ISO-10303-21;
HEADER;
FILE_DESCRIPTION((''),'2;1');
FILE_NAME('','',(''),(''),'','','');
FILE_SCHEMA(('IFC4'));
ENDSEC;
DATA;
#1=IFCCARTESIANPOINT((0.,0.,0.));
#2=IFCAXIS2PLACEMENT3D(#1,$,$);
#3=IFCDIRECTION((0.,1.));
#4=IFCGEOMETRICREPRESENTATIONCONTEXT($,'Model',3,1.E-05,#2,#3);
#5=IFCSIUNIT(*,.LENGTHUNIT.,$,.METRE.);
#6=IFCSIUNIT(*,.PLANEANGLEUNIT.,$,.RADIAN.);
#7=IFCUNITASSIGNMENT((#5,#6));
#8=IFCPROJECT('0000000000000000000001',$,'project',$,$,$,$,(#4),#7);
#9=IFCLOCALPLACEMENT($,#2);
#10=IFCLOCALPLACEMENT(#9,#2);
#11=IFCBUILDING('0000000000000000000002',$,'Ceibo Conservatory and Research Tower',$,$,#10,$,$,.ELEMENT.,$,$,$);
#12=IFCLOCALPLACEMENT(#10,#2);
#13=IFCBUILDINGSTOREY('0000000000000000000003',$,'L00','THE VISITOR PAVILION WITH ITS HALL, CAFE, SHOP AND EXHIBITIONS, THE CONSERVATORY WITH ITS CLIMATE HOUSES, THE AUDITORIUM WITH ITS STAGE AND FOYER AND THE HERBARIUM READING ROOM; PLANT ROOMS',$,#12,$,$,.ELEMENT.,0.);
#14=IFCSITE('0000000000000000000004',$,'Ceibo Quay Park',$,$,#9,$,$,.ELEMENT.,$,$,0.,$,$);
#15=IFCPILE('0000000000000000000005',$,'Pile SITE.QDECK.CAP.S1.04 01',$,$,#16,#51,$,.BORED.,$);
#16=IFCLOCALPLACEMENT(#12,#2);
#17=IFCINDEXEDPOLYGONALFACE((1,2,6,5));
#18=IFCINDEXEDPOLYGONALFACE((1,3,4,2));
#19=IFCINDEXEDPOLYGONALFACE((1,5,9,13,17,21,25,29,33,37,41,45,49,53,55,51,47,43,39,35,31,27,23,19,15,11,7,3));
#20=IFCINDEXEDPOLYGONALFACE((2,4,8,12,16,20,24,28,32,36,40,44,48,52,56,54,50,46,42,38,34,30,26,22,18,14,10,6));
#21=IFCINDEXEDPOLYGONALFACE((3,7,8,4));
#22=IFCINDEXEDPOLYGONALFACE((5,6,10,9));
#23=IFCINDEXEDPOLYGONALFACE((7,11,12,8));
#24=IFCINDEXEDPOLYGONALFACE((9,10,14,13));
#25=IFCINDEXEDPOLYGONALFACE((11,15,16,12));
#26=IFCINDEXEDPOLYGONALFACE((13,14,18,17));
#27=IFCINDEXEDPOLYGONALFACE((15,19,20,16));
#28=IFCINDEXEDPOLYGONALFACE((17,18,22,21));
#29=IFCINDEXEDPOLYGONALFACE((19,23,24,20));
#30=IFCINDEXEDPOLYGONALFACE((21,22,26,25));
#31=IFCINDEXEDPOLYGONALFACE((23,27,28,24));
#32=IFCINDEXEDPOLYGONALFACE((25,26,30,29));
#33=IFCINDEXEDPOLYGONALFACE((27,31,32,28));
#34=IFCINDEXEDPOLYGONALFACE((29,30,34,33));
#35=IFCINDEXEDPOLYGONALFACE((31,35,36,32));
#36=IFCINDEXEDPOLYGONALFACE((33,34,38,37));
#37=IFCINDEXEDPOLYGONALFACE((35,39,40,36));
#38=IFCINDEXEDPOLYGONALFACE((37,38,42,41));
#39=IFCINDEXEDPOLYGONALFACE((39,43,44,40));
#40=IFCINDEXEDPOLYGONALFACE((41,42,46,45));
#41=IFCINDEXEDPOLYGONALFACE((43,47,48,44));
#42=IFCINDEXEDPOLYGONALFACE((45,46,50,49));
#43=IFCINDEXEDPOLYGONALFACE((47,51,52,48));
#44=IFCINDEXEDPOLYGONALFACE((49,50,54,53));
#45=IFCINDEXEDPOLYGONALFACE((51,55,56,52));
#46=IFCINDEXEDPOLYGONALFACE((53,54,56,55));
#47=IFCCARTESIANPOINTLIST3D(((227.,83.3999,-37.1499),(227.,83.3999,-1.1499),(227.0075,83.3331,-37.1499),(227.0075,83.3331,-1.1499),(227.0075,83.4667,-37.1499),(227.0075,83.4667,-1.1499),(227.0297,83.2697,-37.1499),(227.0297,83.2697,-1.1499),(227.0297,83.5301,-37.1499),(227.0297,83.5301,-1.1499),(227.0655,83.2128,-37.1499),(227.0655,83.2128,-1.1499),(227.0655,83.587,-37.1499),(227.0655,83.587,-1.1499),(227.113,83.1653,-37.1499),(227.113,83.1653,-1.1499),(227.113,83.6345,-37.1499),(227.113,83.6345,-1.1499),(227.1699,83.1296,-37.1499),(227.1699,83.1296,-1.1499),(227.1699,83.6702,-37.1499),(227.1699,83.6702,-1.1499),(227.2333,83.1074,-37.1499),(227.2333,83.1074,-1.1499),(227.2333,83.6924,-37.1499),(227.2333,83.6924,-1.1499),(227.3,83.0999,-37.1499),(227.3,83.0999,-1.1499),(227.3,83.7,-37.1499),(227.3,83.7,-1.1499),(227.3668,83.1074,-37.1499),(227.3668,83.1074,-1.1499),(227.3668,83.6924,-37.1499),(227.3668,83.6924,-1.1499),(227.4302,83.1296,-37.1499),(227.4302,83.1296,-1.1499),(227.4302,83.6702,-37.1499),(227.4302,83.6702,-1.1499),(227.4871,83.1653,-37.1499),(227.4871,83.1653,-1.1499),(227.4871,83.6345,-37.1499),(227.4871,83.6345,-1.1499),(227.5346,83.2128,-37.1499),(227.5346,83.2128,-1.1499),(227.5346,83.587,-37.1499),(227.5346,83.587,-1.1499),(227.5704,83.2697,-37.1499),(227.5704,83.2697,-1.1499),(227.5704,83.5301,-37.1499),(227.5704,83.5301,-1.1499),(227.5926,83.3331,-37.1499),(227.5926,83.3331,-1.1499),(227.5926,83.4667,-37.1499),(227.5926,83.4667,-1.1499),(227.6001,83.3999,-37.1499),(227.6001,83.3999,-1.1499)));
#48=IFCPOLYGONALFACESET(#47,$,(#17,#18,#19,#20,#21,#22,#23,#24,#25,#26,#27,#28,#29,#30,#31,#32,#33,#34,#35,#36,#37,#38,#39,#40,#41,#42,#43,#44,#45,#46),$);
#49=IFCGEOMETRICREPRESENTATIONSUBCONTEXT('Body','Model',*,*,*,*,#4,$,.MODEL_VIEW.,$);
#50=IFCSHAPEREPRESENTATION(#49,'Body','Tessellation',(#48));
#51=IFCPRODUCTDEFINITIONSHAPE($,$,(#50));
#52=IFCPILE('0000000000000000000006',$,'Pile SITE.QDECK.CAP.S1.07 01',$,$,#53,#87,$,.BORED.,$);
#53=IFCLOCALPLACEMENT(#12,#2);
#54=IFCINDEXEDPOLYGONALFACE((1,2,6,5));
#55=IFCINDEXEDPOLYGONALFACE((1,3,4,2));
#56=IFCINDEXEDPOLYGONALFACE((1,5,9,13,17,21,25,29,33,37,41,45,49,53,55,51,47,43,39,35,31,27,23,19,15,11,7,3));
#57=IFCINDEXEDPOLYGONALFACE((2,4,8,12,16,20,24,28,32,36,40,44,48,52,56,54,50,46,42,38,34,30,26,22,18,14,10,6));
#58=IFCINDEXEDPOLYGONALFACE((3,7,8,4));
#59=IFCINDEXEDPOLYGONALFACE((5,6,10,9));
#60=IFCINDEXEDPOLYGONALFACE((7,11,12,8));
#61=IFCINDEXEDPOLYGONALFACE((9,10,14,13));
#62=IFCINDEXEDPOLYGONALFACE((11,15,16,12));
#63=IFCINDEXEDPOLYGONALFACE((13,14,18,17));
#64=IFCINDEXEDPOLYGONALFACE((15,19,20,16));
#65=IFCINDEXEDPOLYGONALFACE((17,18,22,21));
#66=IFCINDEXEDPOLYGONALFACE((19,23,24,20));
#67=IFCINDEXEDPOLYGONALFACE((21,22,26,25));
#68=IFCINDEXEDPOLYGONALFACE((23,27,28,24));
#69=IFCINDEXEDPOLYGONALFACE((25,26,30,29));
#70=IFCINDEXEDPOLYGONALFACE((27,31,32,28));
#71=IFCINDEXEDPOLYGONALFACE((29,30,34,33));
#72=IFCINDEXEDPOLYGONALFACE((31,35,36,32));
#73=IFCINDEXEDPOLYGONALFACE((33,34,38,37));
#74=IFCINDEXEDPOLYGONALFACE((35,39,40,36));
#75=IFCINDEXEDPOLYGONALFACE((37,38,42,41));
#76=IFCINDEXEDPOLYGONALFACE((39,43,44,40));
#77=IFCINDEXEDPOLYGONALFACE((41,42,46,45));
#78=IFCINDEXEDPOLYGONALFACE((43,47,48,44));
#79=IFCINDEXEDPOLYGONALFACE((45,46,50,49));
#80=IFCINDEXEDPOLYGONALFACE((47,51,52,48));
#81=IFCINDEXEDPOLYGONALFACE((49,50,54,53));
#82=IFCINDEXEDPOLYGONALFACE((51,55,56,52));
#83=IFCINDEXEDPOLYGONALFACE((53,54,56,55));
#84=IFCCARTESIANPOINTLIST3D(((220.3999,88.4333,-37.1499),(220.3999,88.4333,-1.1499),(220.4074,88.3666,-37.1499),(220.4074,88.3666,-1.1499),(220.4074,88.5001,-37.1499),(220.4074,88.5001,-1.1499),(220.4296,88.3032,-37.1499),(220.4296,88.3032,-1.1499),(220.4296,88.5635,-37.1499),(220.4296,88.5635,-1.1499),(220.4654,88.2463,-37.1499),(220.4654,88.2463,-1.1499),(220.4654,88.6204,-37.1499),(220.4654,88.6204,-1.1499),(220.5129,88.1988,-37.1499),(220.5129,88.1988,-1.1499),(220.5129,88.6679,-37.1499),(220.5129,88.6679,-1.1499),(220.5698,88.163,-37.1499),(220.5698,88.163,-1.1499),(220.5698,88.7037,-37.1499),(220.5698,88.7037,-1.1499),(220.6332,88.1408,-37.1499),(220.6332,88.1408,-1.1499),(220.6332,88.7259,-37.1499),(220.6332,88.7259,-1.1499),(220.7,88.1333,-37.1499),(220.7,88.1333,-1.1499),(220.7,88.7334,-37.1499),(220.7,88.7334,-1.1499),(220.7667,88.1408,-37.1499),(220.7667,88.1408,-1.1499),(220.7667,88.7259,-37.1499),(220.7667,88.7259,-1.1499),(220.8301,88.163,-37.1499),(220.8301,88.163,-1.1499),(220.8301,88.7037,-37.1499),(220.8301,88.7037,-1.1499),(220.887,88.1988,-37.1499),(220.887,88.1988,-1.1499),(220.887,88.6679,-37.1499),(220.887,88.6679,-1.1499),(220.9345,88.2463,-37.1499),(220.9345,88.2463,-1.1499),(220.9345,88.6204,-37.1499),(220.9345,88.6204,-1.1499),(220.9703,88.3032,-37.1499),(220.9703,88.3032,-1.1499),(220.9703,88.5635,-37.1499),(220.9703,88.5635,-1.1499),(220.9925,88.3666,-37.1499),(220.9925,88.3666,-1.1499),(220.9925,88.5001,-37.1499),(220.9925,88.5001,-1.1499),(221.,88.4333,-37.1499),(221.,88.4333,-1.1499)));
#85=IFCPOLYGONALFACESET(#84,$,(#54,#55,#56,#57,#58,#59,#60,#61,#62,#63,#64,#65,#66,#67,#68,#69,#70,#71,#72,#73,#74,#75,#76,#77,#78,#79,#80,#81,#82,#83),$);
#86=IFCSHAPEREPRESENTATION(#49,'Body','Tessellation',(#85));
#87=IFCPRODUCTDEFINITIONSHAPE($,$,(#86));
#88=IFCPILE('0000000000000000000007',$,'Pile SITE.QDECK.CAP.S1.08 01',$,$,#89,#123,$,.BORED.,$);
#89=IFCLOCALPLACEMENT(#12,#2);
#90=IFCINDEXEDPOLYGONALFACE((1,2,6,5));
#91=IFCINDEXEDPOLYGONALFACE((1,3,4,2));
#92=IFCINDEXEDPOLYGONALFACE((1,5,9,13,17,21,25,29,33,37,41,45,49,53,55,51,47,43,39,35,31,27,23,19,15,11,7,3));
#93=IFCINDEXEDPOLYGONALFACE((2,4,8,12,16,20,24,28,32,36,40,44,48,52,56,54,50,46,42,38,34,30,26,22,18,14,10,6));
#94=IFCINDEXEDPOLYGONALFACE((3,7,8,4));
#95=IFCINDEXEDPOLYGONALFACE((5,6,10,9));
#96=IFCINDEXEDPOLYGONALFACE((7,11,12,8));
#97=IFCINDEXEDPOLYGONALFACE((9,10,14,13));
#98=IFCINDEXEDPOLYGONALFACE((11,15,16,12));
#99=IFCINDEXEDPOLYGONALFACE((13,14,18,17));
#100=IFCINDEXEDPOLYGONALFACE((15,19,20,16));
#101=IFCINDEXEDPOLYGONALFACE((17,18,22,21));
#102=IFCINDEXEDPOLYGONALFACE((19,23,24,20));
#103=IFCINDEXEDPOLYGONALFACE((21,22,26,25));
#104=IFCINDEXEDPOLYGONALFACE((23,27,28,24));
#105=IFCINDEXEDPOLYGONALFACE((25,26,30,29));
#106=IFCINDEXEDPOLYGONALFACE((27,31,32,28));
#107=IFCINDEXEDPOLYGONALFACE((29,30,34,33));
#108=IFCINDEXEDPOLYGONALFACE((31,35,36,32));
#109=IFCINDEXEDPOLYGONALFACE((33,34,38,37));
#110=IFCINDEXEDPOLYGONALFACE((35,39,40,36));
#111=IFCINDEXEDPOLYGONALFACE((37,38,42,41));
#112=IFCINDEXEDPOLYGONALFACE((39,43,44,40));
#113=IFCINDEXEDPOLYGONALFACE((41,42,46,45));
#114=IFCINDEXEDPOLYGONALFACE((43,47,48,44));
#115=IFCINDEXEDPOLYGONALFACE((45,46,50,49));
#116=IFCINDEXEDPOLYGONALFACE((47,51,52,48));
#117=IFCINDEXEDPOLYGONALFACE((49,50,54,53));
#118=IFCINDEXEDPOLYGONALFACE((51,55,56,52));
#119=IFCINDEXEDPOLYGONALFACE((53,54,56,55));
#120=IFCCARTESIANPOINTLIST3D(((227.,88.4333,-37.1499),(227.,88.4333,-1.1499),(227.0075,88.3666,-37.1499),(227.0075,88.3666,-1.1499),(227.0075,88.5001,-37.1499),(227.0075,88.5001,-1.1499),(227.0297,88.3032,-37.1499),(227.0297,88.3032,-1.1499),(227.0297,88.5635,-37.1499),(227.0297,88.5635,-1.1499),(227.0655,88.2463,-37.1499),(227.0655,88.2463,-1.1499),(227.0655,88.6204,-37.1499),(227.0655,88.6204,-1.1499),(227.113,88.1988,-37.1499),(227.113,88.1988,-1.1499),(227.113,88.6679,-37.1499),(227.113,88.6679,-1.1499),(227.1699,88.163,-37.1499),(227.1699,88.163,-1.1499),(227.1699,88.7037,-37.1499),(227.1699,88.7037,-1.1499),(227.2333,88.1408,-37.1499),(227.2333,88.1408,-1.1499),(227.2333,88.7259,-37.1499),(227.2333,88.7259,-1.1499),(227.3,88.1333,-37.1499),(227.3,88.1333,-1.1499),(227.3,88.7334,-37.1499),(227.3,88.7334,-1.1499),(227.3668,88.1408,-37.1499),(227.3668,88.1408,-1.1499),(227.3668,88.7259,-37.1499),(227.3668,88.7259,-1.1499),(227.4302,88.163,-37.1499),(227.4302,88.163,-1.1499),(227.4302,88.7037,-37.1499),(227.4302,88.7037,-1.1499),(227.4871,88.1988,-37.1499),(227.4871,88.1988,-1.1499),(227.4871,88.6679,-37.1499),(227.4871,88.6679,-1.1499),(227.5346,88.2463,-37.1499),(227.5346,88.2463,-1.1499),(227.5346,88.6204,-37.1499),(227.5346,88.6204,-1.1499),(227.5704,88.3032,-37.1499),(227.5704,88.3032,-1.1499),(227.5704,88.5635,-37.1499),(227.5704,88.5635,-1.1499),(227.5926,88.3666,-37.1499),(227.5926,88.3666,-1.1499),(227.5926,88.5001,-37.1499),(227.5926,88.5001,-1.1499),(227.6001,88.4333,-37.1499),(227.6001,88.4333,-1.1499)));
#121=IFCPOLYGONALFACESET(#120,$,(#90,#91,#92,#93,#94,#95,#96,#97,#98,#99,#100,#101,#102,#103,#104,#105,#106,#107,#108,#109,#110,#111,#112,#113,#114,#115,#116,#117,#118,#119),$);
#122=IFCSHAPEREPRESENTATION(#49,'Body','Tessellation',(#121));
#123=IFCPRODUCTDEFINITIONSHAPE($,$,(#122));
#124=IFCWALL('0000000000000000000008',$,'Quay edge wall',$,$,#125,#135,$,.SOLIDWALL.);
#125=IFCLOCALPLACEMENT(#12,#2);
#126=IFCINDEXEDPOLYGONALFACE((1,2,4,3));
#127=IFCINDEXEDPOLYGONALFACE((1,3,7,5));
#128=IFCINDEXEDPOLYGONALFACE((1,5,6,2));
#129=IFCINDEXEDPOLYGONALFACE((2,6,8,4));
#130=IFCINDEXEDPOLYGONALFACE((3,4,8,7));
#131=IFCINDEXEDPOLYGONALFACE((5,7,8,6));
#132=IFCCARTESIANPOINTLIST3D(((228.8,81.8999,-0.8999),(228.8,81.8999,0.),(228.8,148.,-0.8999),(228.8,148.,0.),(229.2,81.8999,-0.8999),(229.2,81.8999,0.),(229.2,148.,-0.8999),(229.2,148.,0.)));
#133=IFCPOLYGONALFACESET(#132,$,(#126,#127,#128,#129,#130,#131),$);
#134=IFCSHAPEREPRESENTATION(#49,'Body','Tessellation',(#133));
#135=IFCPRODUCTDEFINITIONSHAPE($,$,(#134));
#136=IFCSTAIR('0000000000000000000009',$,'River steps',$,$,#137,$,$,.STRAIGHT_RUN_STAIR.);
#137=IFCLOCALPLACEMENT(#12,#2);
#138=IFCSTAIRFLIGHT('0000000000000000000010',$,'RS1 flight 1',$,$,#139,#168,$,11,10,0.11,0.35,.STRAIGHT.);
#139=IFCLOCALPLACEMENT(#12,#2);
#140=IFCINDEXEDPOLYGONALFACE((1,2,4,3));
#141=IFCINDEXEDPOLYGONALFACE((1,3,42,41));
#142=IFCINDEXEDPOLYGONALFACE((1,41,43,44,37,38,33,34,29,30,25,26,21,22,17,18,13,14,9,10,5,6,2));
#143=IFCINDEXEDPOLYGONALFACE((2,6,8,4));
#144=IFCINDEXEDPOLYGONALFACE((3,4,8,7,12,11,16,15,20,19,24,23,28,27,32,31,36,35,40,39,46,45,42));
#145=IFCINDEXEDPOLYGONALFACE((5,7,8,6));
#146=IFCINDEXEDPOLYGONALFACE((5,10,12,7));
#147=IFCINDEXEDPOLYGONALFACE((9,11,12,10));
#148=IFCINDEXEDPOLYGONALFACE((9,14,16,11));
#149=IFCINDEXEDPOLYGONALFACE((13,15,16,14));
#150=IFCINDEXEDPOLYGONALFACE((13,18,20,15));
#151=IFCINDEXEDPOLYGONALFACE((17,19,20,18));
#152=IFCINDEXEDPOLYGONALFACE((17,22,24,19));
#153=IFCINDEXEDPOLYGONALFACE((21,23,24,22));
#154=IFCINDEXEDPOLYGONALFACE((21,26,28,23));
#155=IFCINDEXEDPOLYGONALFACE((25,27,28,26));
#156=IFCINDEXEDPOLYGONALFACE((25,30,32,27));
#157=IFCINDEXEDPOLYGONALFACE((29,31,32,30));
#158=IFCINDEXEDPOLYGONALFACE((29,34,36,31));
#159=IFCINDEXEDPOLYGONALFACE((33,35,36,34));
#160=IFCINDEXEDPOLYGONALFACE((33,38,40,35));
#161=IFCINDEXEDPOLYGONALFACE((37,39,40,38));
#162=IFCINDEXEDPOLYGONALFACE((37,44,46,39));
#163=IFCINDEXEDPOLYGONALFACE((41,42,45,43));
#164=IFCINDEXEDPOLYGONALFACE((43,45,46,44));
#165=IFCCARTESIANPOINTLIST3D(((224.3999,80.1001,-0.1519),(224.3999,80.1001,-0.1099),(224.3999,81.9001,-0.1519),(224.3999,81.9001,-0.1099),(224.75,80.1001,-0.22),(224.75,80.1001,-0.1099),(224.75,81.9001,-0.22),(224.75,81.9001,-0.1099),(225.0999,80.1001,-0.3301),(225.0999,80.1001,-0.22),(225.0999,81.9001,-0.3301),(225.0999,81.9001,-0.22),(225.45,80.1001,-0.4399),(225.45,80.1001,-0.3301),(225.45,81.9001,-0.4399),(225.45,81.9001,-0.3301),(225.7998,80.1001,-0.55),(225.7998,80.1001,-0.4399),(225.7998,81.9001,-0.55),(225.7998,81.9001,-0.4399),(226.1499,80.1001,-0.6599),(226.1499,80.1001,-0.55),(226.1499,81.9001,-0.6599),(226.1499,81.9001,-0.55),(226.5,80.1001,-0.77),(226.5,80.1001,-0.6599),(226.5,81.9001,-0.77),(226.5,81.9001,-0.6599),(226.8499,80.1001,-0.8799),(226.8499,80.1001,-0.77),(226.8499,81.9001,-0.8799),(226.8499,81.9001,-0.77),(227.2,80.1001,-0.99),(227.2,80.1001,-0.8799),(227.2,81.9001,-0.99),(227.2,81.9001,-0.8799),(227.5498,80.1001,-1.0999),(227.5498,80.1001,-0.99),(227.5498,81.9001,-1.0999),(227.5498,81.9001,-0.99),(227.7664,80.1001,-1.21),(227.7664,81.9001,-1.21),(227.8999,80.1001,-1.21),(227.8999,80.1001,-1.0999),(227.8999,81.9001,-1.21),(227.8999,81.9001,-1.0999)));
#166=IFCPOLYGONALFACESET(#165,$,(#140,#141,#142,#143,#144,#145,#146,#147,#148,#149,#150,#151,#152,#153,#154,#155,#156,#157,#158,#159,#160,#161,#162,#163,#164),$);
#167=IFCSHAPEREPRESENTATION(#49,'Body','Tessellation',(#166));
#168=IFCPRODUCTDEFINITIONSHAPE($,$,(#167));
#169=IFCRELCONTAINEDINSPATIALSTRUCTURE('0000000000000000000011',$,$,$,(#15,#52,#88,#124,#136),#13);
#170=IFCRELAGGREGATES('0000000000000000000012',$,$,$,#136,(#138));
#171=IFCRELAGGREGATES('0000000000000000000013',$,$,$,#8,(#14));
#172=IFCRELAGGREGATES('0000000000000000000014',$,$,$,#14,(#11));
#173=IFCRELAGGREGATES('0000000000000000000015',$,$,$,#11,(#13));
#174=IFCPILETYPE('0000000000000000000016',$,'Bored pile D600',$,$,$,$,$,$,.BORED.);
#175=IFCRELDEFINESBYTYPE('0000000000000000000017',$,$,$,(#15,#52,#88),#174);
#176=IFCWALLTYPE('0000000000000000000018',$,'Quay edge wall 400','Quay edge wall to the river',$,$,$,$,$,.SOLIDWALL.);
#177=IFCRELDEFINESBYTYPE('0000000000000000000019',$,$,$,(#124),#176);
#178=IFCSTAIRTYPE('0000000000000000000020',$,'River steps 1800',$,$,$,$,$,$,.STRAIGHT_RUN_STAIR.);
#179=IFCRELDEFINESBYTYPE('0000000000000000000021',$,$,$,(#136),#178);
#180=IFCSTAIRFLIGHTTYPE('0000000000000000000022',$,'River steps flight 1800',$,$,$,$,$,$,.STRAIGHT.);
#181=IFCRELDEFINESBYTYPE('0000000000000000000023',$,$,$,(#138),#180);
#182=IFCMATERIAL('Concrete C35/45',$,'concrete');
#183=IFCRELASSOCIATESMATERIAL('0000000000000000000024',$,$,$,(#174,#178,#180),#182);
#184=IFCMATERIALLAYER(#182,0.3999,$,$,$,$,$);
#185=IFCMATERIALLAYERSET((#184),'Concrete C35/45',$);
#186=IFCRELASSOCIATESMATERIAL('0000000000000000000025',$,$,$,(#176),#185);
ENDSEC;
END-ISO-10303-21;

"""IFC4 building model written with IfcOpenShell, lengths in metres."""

from ifc_helpers import new_model, si_unit, direction, frame, frame_2d, origin, origin_2d, place, context, subcontext, project, spatial, polyline, rectangle, circle, outline, extrude, material, layer, layer_set, material_profile, profile_set, type_object, element, aggregate, save


model = new_model("IFC4")

# Units and contexts
model_context = context("Model", 3, precision=1e-05, world=origin(), true_north=direction((0.0, 1.0)))
body_context = subcontext(model_context, "Body", "Model", "MODEL_VIEW")
ifc_project = project(units=[si_unit("LENGTHUNIT", "METRE"), si_unit("PLANEANGLEUNIT", "RADIAN")], contexts=[model_context])

# Site, building, storey
site_placement = place(None, origin())
site = spatial("IfcSite", under=ifc_project, at=site_placement, Name="Ceibo Quay Park", CompositionType="ELEMENT", RefElevation=0.0)
building_placement = place(site_placement, origin())
building = spatial("IfcBuilding", under=site, at=building_placement, Name="Ceibo Conservatory and Research Tower", CompositionType="ELEMENT")
storey_placement = place(building_placement, origin())
storey = spatial("IfcBuildingStorey", under=building, at=storey_placement, Name="L00", Description="THE VISITOR PAVILION WITH ITS HALL, CAFE, SHOP AND EXHIBITIONS, THE CONSERVATORY WITH ITS CLIMATE HOUSES, THE AUDITORIUM WITH ITS STAGE AND FOYER AND THE HERBARIUM READING ROOM; PLANT ROOMS", CompositionType="ELEMENT", Elevation=0.0)

# Piles
ifc_material_1 = material(Name="Concrete C35/45", Category="concrete")
ifc_material_profile = material_profile(ifc_material_1, circle(Radius=0.3, at=origin_2d()), Name="RC D600")
ifc_profile_set = profile_set([ifc_material_profile], Name="Concrete C35/45")
pile_type = type_object("IfcPileType", Name="Bored pile D600", PredefinedType="BORED", material=ifc_profile_set)
for number, where, z_axis, x_axis, name in (
    (1, (227.3, 83.3999, -1.1499), (0.0, 0.0, -1.0), (1.0, 0.0, 0.0), "Pile SITE.QDECK.CAP.S1.04 01"),
    (2, (220.7, 88.4333, -1.1499), (0.0, 0.0, -1.0), (1.0, 0.0, 0.0), "Pile SITE.QDECK.CAP.S1.07 01"),
    (3, (227.3, 88.4333, -1.1499), (0.0, 0.0, -1.0), (1.0, 0.0, 0.0), "Pile SITE.QDECK.CAP.S1.08 01"),
):
    element("IfcPile", number, at=place(storey_placement, frame(where, z_axis=z_axis, x_axis=x_axis)), inside=storey, type_object=pile_type, Name=name, PredefinedType="BORED", context=body_context, shape_type="SweptSolid", body=[
        extrude(circle(Radius=0.3, at=origin_2d()), origin(), (0.0, 0.0, 1.0), 36.0),
    ])

# Wall
ifc_layer = layer(ifc_material_1, 0.3999)
ifc_layer_set = layer_set([ifc_layer], Name="Concrete C35/45")
wall_type = type_object("IfcWallType", Name="Quay edge wall 400", Description="Quay edge wall to the river", PredefinedType="SOLIDWALL", material=ifc_layer_set)
wall_placement = place(storey_placement, frame((229.0, 81.8999, -0.8999), z_axis=(0.0, 0.0, 1.0), x_axis=(0.0, 1.0, 0.0)))
element("IfcWall", 4, at=wall_placement, inside=storey, type_object=wall_type, Name="Quay edge wall", PredefinedType="SOLIDWALL", context=body_context, shape_type="SweptSolid", body=[
    extrude(rectangle(XDim=66.1001, YDim=0.3999, at=frame_2d((33.05, 0.0))), origin(), (0.0, 0.0, 1.0), 0.8999),
])

# Stair, stair flight
stair_type = type_object("IfcStairType", Name="River steps 1800", PredefinedType="STRAIGHT_RUN_STAIR", material=ifc_material_1)
stair_placement = place(storey_placement, origin())
stair = element("IfcStair", 5, at=stair_placement, inside=storey, type_object=stair_type, Name="River steps", PredefinedType="STRAIGHT_RUN_STAIR")
stair_flight_type = type_object("IfcStairFlightType", Name="River steps flight 1800", PredefinedType="STRAIGHT", material=ifc_material_1)
stair_flight_placement = place(storey_placement, frame((227.8999, 81.0, -1.21), z_axis=(0.0, 0.0, 1.0), x_axis=(-1.0, 0.0, 0.0)))
stair_flight = element("IfcStairFlight", 6, at=stair_flight_placement, type_object=stair_flight_type, Name="RS1 flight 1", NumberOfRisers=11, NumberOfTreads=10, PredefinedType="STRAIGHT", RiserHeight=0.11, TreadLength=0.35, context=body_context, shape_type="SweptSolid", body=[
    extrude(outline(polyline([(0.0, 0.0), (0.0, 0.1101), (0.3501, 0.1101), (0.3501, 0.22), (0.7, 0.22), (0.7, 0.3301), (1.05, 0.3301), (1.05, 0.4399), (1.3999, 0.4399), (1.3999, 0.55), (1.75, 0.55), (1.75, 0.6599), (2.1001, 0.6599), (2.1001, 0.77), (2.45, 0.77), (2.45, 0.8799), (2.8, 0.8799), (2.8, 0.99), (3.1499, 0.99), (3.1499, 1.1001), (3.5, 1.1001), (3.5, 1.21), (3.5, 1.0581), (0.1335, 0.0), (0.0, 0.0)])), frame((0.0, 0.8999, 0.0), z_axis=(0.0, -1.0, 0.0), x_axis=(1.0, 0.0, 0.0)), (0.0, 0.0, 1.0), 1.8),
])
aggregate(stair, [stair_flight])

save(model, "model.ifc")
